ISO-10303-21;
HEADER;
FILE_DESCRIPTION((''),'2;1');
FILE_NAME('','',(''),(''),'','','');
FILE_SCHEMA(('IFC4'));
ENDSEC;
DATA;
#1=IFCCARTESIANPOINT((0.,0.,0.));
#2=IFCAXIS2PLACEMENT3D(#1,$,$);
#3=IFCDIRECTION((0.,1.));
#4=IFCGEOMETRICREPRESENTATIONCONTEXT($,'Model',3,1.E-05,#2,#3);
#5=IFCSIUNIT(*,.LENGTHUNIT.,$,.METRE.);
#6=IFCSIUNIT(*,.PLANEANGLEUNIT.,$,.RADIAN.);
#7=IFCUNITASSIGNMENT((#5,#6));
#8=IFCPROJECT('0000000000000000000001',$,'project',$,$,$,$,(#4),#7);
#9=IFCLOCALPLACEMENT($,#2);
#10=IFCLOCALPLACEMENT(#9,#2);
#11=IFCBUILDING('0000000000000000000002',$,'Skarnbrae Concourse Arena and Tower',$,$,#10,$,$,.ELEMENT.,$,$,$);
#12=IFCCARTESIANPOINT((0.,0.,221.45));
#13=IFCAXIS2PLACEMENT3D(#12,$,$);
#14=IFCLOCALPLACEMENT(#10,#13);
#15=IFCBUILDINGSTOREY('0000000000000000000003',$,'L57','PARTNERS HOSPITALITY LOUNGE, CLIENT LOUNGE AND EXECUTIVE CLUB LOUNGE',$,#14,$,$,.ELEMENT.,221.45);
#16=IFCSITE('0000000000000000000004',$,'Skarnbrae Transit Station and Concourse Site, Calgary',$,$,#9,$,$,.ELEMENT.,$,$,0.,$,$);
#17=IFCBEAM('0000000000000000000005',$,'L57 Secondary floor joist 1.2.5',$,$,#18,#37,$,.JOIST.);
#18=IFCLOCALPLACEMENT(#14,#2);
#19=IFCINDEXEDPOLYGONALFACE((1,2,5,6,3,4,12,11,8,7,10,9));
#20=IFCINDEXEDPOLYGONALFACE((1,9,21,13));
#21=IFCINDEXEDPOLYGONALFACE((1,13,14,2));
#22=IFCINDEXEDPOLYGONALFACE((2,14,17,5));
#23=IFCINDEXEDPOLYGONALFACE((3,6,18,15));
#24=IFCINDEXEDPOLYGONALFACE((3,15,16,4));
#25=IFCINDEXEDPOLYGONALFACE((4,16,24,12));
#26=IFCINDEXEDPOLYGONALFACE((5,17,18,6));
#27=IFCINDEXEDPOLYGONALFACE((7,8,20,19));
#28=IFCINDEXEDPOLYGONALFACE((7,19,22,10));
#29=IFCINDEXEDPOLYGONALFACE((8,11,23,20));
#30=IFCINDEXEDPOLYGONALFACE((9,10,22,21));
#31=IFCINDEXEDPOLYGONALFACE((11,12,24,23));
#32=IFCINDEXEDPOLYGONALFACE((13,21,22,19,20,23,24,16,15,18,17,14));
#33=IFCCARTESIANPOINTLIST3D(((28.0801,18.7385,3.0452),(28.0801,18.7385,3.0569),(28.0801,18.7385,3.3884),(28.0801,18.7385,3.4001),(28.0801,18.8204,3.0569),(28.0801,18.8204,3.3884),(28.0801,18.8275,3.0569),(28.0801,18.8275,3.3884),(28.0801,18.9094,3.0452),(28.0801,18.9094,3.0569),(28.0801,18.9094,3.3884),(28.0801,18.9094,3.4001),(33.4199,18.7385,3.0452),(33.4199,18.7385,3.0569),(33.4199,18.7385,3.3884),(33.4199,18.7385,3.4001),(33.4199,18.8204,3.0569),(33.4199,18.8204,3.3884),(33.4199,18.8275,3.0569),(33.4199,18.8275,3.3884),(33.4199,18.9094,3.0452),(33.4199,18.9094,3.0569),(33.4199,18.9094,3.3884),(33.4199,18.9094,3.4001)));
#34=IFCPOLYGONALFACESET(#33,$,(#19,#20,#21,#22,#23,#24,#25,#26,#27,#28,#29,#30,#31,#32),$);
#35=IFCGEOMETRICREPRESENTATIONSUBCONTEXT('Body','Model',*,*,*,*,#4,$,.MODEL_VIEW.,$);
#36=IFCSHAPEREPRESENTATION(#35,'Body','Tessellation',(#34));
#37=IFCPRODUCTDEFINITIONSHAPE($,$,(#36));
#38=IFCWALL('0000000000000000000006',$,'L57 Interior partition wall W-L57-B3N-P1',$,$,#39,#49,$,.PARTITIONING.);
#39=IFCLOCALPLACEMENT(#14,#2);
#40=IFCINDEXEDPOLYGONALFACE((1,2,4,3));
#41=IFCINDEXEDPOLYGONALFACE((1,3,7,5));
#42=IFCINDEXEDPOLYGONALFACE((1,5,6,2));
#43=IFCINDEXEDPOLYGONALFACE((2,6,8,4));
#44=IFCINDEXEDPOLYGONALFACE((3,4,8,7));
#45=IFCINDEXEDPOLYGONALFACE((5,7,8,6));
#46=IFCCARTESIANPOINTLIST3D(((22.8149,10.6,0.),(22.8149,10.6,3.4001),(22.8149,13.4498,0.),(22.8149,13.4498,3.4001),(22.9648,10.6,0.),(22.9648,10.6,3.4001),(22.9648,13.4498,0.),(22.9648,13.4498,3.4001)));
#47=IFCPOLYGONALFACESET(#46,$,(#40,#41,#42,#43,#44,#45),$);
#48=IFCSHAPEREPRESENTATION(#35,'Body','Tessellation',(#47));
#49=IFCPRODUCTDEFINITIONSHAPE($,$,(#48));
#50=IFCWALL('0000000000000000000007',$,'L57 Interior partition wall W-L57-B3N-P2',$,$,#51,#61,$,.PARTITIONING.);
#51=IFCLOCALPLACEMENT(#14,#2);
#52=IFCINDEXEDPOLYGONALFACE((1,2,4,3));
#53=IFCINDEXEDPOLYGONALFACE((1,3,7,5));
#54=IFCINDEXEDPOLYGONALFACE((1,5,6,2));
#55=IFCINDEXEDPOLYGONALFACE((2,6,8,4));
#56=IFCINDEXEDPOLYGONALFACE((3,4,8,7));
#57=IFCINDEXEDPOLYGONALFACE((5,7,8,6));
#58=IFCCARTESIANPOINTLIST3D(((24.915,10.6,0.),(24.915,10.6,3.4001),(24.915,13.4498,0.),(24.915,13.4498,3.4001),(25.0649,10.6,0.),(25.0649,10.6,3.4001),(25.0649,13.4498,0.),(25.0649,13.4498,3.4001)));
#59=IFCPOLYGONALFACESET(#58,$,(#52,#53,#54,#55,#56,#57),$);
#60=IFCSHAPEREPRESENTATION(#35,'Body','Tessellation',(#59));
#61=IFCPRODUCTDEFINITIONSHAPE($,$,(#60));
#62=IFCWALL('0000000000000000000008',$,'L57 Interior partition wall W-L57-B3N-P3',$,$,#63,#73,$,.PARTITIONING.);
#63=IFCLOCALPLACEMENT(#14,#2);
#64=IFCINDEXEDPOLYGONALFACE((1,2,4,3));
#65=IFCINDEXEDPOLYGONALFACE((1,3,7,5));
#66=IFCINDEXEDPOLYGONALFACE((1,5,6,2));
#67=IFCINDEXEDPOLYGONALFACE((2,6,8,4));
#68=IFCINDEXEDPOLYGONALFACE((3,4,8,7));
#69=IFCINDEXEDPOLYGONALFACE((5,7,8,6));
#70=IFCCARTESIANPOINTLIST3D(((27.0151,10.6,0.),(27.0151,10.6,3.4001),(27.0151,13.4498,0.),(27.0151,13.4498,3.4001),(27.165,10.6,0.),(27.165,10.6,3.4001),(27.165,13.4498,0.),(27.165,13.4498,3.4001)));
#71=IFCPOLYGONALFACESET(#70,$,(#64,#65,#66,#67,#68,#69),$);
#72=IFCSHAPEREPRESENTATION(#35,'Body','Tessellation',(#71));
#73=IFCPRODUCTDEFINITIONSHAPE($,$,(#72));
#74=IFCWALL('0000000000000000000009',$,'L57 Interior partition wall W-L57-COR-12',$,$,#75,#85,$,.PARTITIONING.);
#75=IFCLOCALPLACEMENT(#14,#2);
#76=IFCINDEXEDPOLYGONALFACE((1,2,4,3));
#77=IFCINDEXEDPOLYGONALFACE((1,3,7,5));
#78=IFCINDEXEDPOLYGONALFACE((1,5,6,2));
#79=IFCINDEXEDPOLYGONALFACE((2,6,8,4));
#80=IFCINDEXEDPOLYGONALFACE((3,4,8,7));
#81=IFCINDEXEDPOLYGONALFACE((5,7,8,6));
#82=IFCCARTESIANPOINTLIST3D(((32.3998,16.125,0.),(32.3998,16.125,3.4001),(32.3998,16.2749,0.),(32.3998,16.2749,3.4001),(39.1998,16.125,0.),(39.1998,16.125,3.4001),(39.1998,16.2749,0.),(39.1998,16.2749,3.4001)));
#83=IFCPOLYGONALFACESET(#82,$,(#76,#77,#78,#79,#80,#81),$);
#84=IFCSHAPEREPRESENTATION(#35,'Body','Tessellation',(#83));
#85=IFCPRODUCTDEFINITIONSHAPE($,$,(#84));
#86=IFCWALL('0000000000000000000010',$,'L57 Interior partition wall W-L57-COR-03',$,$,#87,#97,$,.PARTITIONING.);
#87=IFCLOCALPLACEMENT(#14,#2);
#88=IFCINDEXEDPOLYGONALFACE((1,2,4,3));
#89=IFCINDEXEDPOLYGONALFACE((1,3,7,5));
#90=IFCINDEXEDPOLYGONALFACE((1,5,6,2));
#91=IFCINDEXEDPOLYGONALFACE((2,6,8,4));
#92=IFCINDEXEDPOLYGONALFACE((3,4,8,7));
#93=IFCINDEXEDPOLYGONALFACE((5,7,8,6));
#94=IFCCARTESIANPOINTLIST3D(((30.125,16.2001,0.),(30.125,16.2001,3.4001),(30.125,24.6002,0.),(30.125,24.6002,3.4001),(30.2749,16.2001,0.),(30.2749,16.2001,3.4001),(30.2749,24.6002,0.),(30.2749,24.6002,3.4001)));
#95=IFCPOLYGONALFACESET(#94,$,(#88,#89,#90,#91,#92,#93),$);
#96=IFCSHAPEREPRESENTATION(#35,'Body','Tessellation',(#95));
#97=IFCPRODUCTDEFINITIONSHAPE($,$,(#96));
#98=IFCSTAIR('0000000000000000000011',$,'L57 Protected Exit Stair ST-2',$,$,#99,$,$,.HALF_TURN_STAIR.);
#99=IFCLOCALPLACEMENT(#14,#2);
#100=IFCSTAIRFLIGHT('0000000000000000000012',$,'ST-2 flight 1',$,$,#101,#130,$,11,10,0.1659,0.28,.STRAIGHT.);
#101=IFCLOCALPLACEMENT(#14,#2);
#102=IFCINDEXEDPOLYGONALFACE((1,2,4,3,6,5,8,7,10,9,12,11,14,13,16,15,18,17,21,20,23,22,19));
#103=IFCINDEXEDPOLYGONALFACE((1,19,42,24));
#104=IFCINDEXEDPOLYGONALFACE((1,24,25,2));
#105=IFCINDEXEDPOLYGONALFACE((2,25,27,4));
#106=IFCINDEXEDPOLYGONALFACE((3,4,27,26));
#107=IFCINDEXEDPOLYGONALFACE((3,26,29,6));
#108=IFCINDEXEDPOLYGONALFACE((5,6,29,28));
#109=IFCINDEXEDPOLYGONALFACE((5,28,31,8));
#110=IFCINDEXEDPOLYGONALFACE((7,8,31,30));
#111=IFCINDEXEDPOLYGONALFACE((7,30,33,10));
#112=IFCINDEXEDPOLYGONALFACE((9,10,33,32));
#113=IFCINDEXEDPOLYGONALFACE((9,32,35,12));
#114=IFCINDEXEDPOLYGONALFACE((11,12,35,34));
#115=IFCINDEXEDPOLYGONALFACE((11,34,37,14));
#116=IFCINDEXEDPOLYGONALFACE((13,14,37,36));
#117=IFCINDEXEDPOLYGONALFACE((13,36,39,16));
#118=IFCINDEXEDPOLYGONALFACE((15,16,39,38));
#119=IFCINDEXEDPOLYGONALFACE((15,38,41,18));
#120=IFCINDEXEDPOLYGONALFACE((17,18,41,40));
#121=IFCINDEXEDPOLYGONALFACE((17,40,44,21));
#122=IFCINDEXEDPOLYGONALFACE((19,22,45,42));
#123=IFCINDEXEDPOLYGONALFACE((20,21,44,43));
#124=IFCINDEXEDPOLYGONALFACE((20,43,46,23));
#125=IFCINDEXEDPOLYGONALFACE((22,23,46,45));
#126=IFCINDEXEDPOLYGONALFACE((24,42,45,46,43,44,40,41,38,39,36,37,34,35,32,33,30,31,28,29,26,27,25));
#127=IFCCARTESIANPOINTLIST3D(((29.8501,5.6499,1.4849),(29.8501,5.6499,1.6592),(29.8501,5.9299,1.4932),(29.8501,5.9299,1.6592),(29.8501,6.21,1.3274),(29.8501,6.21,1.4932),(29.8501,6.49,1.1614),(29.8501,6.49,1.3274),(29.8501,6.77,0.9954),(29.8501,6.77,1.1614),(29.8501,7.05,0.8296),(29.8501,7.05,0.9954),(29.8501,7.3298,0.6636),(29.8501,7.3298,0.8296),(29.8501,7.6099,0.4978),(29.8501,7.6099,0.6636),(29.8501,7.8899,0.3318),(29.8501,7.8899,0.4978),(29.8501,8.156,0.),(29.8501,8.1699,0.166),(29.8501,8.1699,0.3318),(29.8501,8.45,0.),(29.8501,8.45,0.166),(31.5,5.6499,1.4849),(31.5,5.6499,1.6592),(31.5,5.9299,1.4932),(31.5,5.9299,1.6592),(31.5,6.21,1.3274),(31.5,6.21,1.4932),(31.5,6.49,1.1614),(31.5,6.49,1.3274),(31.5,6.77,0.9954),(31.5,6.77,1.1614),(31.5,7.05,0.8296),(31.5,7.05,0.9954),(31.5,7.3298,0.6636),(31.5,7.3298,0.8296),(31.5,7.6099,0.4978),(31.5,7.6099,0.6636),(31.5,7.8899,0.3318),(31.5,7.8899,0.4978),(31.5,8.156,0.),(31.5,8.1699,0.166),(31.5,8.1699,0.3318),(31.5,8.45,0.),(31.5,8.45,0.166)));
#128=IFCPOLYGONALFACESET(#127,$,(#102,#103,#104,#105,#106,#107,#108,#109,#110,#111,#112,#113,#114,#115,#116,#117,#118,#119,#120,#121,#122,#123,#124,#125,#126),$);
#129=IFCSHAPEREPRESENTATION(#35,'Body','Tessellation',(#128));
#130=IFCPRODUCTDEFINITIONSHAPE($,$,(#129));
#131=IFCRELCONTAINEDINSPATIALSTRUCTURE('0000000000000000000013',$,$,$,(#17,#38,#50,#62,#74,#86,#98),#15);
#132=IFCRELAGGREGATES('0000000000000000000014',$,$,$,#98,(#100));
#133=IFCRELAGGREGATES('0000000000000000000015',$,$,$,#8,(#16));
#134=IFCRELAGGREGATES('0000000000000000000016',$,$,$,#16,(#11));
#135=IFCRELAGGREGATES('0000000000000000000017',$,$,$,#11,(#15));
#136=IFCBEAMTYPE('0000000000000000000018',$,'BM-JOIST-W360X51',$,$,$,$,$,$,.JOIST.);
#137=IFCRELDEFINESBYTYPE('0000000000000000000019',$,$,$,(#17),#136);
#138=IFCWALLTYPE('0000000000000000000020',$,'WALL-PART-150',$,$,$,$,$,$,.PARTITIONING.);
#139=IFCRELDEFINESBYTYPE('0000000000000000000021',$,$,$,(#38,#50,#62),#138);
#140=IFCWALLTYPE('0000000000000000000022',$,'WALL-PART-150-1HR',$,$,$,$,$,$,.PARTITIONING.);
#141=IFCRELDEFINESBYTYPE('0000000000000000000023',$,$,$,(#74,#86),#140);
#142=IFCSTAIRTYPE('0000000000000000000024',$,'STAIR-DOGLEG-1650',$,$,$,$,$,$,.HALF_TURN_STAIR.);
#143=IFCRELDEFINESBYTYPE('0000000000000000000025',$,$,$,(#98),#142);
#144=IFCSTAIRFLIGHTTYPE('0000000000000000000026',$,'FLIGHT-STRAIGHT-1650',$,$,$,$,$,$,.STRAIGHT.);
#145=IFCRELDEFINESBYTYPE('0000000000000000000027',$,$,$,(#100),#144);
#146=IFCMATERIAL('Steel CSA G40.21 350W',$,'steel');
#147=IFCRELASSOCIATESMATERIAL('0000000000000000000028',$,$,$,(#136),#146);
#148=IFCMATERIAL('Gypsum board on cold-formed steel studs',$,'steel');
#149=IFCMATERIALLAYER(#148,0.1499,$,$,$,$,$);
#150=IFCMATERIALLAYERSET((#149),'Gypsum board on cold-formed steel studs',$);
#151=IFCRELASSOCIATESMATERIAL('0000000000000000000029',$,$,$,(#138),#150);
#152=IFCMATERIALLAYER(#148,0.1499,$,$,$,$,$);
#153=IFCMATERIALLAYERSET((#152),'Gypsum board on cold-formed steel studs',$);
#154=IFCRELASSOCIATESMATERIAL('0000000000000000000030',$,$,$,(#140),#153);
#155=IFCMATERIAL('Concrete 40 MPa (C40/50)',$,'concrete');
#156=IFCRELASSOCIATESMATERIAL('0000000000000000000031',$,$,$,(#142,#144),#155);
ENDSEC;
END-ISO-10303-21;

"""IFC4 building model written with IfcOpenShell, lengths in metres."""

from ifc_helpers import new_model, si_unit, direction, frame, frame_2d, origin, origin_2d, place, context, subcontext, project, spatial, polyline, rectangle, i_section, outline, extrude, source, transform, mapped, material, layer, layer_set, material_profile, profile_set, type_object, element, aggregate, save


model = new_model("IFC4")

# Units and contexts
model_context = context("Model", 3, precision=1e-05, world=origin(), true_north=direction((0.0, 1.0)))
body_context = subcontext(model_context, "Body", "Model", "MODEL_VIEW")
ifc_project = project(units=[si_unit("LENGTHUNIT", "METRE"), si_unit("PLANEANGLEUNIT", "RADIAN")], contexts=[model_context])

# Site, building, storey
site_placement = place(None, origin())
site = spatial("IfcSite", under=ifc_project, at=site_placement, Name="Skarnbrae Transit Station and Concourse Site, Calgary", CompositionType="ELEMENT", RefElevation=0.0)
building_placement = place(site_placement, origin())
building = spatial("IfcBuilding", under=site, at=building_placement, Name="Skarnbrae Concourse Arena and Tower", CompositionType="ELEMENT")
storey_placement = place(building_placement, frame((0.0, 0.0, 221.45)))
storey = spatial("IfcBuildingStorey", under=building, at=storey_placement, Name="L57", Description="PARTNERS HOSPITALITY LOUNGE, CLIENT LOUNGE AND EXECUTIVE CLUB LOUNGE", CompositionType="ELEMENT", Elevation=221.45)

# Shared definitions
ifc_material_1 = material(Name="Steel CSA G40.21 350W", Category="steel")

# Beam
ifc_material_profile_1 = material_profile(ifc_material_1, i_section(OverallWidth=0.1709, OverallDepth=0.355, WebThickness=0.0071, FlangeThickness=0.0117, at=origin_2d()), Name="W360X51")
ifc_profile_set_1 = profile_set([ifc_material_profile_1], Name="Steel CSA G40.21 350W")
beam_type_1 = type_object("IfcBeamType", Name="BM-JOIST-W360X51", PredefinedType="JOIST", material=ifc_profile_set_1)
shared_shape_1 = source(origin(), body_context, "Body", "SweptSolid", [
    extrude(i_section(OverallWidth=0.1709, OverallDepth=0.355, WebThickness=0.0071, FlangeThickness=0.0117, at=origin_2d()), origin(), (0.0, 0.0, 1.0), 5.3398),
])
for number, where, z_axis, x_axis, name in (
    (1, (28.0801, 18.824, 3.2227), (1.0, 0.0, 0.0), (0.0, 1.0, 0.0), "L57 Secondary floor joist 1.2.5"),
):
    element("IfcBeam", number, at=place(storey_placement, frame(where, z_axis=z_axis, x_axis=x_axis)), inside=storey, type_object=beam_type_1, Name=name, PredefinedType="JOIST", context=body_context, shape_type="MappedRepresentation", body=[
        mapped(shared_shape_1, transform((0.0, 0.0, 0.0))),
    ])

# Walls
ifc_material_2 = material(Name="Gypsum board on cold-formed steel studs", Category="steel")
ifc_layer_1 = layer(ifc_material_2, 0.1499)
ifc_layer_set_1 = layer_set([ifc_layer_1], Name="Gypsum board on cold-formed steel studs")
wall_type_1 = type_object("IfcWallType", Name="WALL-PART-150", PredefinedType="PARTITIONING", material=ifc_layer_set_1)
shared_shape_2 = source(origin(), body_context, "Body", "SweptSolid", [
    extrude(rectangle(XDim=2.8499, YDim=0.1499, at=frame_2d((1.4248, 0.0))), origin(), (0.0, 0.0, 1.0), 3.4001),
])
for number, where, z_axis, x_axis, name in (
    (2, (22.8899, 10.6001, 0.0), (0.0, 0.0, 1.0), (0.0, 1.0, 0.0), "L57 Interior partition wall W-L57-B3N-P1"),
    (3, (24.99, 10.6001, 0.0), (0.0, 0.0, 1.0), (0.0, 1.0, 0.0), "L57 Interior partition wall W-L57-B3N-P2"),
    (4, (27.0901, 10.6001, 0.0), (0.0, 0.0, 1.0), (0.0, 1.0, 0.0), "L57 Interior partition wall W-L57-B3N-P3"),
):
    element("IfcWall", number, at=place(storey_placement, frame(where, z_axis=z_axis, x_axis=x_axis)), inside=storey, type_object=wall_type_1, Name=name, PredefinedType="PARTITIONING", context=body_context, shape_type="MappedRepresentation", body=[
        mapped(shared_shape_2, transform((0.0, 0.0, 0.0))),
    ])
ifc_layer_2 = layer(ifc_material_2, 0.1499)
ifc_layer_set_2 = layer_set([ifc_layer_2], Name="Gypsum board on cold-formed steel studs")
wall_type_2 = type_object("IfcWallType", Name="WALL-PART-150-1HR", PredefinedType="PARTITIONING", material=ifc_layer_set_2)
shared_shape_3 = source(origin(), body_context, "Body", "SweptSolid", [
    extrude(rectangle(XDim=6.8, YDim=0.1499, at=frame_2d((3.3999, 0.0))), origin(), (0.0, 0.0, 1.0), 3.4001),
])
wall_1_placement = place(storey_placement, frame((32.3999, 16.2, 0.0), z_axis=(0.0, 0.0, 1.0), x_axis=(1.0, 0.0, 0.0)))
element("IfcWall", 5, at=wall_1_placement, inside=storey, type_object=wall_type_2, Name="L57 Interior partition wall W-L57-COR-12", PredefinedType="PARTITIONING", context=body_context, shape_type="MappedRepresentation", body=[
    mapped(shared_shape_3, transform((0.0, 0.0, 0.0))),
])
shared_shape_4 = source(origin(), body_context, "Body", "SweptSolid", [
    extrude(rectangle(XDim=8.4001, YDim=0.1499, at=frame_2d((4.2002, 0.0))), origin(), (0.0, 0.0, 1.0), 3.4001),
])
wall_2_placement = place(storey_placement, frame((30.2, 16.2, 0.0), z_axis=(0.0, 0.0, 1.0), x_axis=(0.0, 1.0, 0.0)))
element("IfcWall", 6, at=wall_2_placement, inside=storey, type_object=wall_type_2, Name="L57 Interior partition wall W-L57-COR-03", PredefinedType="PARTITIONING", context=body_context, shape_type="MappedRepresentation", body=[
    mapped(shared_shape_4, transform((0.0, 0.0, 0.0))),
])

# Stair, stair flight
ifc_material_3 = material(Name="Concrete 40 MPa (C40/50)", Category="concrete")
stair_type = type_object("IfcStairType", Name="STAIR-DOGLEG-1650", PredefinedType="HALF_TURN_STAIR", material=ifc_material_3)
stair_placement = place(storey_placement, origin())
stair = element("IfcStair", 7, at=stair_placement, inside=storey, type_object=stair_type, Name="L57 Protected Exit Stair ST-2", PredefinedType="HALF_TURN_STAIR")
stair_flight_type = type_object("IfcStairFlightType", Name="FLIGHT-STRAIGHT-1650", PredefinedType="STRAIGHT", material=ifc_material_3)
shared_shape_5 = source(origin(), body_context, "Body", "SweptSolid", [
    extrude(outline(polyline([(0.0, 0.0), (0.0, 0.166), (0.28, 0.166), (0.28, 0.3318), (0.5601, 0.3318), (0.5601, 0.4978), (0.8401, 0.4978), (0.8401, 0.6636), (1.1201, 0.6636), (1.1201, 0.8296), (1.3999, 0.8296), (1.3999, 0.9954), (1.6799, 0.9954), (1.6799, 1.1614), (1.96, 1.1614), (1.96, 1.3274), (2.24, 1.3274), (2.24, 1.4932), (2.52, 1.4932), (2.52, 1.6592), (2.8, 1.6592), (2.8, 1.825), (2.8, 1.4849), (0.2939, 0.0), (0.0, 0.0)])), frame((0.0, 0.825, 0.0), z_axis=(0.0, -1.0, 0.0), x_axis=(1.0, 0.0, 0.0)), (0.0, 0.0, 1.0), 1.6499),
])
stair_flight_placement = place(storey_placement, frame((30.675, 8.45, 0.0), z_axis=(0.0, 0.0, 1.0), x_axis=(0.0, -1.0, 0.0)))
stair_flight = element("IfcStairFlight", 8, at=stair_flight_placement, type_object=stair_flight_type, Name="ST-2 flight 1", NumberOfRisers=11, NumberOfTreads=10, PredefinedType="STRAIGHT", RiserHeight=0.1659, TreadLength=0.28, context=body_context, shape_type="MappedRepresentation", body=[
    mapped(shared_shape_5, transform((0.0, 0.0, 0.0))),
])
aggregate(stair, [stair_flight])

save(model, "model.ifc")
